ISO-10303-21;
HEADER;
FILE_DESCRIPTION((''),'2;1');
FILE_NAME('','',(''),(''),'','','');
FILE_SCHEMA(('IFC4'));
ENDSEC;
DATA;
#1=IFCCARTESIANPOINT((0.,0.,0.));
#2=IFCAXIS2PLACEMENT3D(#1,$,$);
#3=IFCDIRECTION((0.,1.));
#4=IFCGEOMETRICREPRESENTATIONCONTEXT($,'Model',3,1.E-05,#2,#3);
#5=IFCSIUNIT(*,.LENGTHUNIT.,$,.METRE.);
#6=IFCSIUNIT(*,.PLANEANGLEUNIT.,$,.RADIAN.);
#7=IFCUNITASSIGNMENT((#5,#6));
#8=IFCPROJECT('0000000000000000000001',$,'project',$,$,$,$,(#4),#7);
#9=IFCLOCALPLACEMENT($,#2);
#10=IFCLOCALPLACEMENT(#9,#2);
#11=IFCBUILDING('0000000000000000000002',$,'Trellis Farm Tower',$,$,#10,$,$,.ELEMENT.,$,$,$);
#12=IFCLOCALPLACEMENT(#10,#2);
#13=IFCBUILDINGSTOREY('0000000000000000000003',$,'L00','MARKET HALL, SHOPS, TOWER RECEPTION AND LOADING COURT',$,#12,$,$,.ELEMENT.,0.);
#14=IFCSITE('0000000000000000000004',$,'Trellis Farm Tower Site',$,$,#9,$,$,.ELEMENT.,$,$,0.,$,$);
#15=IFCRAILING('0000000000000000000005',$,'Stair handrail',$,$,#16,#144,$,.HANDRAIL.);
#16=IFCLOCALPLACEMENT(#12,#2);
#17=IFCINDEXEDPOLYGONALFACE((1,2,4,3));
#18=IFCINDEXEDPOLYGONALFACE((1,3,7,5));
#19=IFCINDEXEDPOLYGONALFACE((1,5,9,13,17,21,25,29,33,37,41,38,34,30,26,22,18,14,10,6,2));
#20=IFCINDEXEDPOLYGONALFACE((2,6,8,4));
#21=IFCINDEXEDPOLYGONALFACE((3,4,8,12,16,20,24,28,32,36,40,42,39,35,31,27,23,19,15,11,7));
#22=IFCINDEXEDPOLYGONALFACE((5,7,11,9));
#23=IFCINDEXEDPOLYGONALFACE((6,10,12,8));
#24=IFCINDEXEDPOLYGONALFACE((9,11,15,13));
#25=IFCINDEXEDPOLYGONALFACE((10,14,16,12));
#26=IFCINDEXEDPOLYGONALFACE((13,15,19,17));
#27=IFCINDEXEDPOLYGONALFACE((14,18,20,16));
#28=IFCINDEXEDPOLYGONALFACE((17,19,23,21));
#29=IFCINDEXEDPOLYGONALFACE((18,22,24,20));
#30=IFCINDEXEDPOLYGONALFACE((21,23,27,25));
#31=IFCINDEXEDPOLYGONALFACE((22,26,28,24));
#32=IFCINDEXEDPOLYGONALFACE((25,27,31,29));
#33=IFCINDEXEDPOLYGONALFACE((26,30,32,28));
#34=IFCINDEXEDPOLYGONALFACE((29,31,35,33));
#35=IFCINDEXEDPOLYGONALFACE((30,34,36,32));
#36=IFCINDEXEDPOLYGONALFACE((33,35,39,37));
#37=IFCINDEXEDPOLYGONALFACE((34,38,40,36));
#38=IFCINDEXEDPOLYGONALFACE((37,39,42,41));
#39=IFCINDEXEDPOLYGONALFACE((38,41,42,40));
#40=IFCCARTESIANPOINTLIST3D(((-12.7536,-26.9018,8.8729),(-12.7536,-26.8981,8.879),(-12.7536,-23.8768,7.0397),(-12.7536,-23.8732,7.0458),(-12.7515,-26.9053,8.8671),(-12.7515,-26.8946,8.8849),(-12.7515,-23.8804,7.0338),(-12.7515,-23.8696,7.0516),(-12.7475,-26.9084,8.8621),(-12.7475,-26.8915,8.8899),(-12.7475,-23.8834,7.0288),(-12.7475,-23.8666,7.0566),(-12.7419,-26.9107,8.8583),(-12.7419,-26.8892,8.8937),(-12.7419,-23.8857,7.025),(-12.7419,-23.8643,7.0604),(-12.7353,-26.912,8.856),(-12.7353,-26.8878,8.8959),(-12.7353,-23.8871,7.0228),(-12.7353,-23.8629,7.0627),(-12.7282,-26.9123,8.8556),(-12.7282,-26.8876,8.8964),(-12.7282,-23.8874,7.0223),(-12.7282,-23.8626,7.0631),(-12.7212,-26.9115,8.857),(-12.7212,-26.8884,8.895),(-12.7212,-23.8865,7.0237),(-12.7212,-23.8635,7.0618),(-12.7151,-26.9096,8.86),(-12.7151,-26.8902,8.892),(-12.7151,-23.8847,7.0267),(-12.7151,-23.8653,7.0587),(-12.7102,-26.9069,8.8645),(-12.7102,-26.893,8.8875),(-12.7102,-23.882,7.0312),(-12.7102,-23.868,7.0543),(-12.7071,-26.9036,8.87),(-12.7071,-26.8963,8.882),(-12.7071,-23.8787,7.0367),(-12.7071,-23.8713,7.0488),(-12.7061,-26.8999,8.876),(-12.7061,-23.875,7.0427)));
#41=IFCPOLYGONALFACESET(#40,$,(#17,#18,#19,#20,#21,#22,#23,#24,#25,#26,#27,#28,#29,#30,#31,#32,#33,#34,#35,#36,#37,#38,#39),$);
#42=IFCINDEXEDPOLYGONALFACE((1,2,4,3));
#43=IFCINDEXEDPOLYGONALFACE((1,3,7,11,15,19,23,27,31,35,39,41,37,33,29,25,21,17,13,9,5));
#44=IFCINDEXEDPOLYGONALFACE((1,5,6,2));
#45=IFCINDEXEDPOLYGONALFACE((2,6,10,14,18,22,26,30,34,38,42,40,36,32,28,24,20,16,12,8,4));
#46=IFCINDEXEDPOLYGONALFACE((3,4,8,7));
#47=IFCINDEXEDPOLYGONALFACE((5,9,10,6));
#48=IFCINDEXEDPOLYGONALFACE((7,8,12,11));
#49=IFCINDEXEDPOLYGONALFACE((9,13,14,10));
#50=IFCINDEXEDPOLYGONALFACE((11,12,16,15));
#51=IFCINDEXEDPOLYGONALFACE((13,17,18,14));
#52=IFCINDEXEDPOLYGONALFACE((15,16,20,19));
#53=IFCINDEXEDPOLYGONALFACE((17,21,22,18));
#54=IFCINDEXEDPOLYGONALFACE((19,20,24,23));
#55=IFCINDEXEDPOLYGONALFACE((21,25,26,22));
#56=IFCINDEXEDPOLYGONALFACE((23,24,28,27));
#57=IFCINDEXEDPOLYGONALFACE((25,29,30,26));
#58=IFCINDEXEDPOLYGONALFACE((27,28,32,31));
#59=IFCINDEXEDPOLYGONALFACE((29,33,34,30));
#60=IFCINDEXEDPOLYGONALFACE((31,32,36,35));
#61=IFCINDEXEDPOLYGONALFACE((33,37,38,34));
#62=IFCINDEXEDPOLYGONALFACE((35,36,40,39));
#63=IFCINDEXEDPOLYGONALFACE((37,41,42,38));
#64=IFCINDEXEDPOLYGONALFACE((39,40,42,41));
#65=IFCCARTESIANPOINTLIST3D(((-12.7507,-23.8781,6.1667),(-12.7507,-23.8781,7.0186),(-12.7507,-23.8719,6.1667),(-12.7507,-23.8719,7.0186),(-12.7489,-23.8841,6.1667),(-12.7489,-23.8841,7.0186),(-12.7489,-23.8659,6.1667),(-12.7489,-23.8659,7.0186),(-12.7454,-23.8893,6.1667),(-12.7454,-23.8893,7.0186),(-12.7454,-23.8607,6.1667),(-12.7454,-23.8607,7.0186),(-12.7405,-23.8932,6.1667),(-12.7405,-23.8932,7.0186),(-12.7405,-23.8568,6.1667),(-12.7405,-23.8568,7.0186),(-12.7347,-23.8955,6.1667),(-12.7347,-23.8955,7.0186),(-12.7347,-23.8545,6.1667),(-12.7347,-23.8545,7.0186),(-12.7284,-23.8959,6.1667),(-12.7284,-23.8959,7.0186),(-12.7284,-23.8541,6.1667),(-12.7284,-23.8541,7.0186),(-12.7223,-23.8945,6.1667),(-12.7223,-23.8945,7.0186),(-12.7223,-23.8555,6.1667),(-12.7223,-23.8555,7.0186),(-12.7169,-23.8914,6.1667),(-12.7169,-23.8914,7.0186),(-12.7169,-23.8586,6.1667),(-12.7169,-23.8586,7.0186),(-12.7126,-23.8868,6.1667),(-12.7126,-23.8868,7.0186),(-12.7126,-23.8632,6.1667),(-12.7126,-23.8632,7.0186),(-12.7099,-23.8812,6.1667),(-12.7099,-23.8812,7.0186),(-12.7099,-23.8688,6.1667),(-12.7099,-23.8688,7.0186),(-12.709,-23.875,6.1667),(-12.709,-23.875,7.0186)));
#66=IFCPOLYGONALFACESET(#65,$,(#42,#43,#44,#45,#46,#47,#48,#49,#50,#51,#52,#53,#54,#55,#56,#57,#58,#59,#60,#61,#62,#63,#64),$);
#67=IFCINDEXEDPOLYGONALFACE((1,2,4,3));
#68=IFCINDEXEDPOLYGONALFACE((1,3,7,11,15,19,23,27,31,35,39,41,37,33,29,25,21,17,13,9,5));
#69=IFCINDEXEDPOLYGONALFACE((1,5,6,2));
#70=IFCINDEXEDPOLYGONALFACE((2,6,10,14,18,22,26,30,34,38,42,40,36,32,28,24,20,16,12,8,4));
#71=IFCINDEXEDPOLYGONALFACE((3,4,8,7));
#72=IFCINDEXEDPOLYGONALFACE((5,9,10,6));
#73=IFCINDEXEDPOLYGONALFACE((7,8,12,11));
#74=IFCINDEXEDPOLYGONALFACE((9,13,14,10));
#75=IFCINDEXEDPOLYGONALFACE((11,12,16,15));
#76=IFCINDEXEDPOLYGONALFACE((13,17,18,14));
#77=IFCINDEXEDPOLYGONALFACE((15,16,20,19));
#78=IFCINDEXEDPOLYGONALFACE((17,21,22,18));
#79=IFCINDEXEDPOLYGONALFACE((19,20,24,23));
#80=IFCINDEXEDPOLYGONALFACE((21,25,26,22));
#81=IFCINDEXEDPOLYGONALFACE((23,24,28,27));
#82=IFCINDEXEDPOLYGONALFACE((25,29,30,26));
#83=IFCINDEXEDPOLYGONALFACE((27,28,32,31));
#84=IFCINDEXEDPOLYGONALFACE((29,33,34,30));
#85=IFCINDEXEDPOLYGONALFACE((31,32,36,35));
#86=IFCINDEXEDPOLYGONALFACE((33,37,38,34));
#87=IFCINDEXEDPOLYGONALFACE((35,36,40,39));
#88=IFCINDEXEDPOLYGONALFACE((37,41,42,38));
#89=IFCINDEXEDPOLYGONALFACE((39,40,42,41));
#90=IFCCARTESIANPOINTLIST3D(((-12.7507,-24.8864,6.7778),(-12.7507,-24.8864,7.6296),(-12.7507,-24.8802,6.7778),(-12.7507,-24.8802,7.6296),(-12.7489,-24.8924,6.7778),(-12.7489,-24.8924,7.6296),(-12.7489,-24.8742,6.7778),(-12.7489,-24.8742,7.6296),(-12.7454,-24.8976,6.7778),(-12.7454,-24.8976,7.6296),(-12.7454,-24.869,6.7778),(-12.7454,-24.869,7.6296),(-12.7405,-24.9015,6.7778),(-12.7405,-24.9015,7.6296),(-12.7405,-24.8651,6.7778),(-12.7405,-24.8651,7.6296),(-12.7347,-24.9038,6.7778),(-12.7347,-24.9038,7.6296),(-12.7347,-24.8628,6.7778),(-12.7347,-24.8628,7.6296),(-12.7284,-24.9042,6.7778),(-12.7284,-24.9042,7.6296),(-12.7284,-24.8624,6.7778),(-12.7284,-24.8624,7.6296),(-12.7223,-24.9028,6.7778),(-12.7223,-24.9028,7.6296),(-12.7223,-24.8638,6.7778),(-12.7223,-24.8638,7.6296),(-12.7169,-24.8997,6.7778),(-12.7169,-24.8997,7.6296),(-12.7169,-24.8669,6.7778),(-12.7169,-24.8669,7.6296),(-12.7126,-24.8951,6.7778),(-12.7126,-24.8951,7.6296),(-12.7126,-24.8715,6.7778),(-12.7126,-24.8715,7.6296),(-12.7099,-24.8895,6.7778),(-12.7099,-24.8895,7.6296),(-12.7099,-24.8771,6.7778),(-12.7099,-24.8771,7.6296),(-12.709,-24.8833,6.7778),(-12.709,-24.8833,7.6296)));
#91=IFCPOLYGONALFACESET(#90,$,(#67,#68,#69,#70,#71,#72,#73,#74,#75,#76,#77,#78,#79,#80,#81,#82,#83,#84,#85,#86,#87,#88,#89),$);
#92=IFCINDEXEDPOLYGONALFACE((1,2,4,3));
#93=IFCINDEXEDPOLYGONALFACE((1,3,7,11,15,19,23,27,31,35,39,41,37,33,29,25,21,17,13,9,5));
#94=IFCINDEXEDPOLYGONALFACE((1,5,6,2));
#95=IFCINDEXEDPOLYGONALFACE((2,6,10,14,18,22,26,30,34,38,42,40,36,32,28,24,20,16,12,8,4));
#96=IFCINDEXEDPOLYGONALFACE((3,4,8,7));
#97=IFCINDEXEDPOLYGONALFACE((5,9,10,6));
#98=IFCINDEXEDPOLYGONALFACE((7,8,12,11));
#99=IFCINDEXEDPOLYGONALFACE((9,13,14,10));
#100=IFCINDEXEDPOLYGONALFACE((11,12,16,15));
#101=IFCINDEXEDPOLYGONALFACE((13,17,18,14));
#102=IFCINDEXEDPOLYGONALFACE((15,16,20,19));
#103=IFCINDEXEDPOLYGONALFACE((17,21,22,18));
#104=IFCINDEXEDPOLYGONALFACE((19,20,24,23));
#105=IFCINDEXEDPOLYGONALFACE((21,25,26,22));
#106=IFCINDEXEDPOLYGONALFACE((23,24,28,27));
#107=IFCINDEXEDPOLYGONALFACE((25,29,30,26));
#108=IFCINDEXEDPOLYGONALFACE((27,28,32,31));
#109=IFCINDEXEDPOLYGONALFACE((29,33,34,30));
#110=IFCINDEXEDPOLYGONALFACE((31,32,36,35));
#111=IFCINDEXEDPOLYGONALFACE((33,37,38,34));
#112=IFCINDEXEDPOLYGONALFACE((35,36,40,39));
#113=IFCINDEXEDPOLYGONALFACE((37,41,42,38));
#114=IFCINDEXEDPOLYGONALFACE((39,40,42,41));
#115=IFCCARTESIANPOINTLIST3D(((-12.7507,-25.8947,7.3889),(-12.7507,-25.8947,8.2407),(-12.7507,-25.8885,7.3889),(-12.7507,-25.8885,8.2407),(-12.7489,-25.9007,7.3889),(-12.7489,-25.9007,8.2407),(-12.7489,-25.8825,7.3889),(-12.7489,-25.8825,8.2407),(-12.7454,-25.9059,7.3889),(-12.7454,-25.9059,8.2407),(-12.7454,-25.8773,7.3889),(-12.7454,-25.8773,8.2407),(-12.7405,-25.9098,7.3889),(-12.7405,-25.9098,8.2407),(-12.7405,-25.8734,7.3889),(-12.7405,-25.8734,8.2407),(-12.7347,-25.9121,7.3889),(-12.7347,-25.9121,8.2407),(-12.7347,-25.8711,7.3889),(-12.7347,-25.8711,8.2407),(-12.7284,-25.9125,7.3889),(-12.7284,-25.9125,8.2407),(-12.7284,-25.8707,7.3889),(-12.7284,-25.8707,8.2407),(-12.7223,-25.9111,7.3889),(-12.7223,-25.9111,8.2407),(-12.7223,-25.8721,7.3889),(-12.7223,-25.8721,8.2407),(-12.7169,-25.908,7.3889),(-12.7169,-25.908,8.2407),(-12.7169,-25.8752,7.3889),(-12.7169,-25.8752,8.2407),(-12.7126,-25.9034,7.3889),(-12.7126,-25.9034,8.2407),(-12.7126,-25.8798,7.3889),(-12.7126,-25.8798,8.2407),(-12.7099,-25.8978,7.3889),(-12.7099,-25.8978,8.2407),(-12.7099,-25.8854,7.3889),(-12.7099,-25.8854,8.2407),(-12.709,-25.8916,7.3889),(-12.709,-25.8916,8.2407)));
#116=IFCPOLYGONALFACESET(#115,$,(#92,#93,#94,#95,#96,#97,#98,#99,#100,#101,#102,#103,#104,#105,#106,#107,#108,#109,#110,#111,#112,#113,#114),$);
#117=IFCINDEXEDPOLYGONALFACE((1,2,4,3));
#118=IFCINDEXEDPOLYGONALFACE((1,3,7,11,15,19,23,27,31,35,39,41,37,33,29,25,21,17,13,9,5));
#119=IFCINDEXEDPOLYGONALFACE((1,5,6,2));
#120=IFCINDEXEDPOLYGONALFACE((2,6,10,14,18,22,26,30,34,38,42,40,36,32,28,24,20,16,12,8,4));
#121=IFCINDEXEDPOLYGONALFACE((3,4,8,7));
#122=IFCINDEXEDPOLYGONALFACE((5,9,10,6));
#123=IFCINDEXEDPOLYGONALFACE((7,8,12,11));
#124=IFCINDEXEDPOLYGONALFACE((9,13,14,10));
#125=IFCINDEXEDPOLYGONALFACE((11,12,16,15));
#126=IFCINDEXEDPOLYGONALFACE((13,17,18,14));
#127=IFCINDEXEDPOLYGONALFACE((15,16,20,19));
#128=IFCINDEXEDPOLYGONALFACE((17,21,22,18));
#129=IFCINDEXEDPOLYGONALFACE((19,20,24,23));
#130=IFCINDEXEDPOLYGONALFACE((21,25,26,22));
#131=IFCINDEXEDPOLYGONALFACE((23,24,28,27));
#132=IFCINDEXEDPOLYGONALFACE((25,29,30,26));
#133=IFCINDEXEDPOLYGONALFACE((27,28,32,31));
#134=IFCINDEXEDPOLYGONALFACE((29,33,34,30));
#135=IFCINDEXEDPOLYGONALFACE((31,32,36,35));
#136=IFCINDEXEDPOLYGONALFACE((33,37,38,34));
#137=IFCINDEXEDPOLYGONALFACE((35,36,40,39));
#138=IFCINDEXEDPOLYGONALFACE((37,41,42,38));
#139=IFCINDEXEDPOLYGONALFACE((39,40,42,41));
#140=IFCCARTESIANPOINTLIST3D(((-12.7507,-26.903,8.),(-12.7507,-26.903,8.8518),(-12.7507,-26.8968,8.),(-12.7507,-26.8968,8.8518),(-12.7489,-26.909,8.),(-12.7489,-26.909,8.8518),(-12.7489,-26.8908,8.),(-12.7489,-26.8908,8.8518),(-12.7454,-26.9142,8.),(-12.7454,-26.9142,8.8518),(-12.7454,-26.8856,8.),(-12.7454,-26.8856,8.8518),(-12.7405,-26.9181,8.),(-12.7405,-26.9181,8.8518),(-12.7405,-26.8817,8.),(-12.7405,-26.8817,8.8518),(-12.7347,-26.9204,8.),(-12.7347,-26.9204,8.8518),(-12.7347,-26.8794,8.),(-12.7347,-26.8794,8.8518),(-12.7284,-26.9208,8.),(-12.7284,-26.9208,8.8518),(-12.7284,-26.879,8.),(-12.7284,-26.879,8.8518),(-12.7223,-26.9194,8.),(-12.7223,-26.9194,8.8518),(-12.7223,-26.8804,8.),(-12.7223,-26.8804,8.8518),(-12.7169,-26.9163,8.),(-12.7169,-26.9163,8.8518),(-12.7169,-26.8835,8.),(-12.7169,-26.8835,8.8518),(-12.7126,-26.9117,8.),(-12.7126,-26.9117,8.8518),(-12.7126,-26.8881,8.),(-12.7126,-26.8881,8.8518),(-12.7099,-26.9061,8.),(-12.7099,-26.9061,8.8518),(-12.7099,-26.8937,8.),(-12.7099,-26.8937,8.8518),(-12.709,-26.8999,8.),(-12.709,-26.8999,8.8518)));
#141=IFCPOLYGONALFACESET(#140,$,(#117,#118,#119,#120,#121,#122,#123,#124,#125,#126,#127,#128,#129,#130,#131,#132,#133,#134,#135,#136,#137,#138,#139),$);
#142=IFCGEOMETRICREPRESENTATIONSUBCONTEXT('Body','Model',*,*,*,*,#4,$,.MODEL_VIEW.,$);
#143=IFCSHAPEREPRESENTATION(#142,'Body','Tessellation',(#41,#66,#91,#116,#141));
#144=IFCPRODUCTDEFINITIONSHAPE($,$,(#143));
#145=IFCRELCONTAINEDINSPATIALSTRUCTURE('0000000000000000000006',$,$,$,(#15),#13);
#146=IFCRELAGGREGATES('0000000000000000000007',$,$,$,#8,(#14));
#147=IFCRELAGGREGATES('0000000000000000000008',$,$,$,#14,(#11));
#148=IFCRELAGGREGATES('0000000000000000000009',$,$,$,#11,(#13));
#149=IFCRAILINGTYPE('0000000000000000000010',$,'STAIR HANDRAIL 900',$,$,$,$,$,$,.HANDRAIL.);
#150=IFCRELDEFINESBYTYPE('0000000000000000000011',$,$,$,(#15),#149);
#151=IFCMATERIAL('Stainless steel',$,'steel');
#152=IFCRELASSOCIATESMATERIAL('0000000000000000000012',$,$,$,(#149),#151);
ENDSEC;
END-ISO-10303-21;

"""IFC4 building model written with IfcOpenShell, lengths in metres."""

from ifc_helpers import new_model, si_unit, direction, frame, origin, origin_2d, place, context, subcontext, project, spatial, circle, extrude, source, transform, mapped, material, type_object, element, save


model = new_model("IFC4")

# Units and contexts
model_context = context("Model", 3, precision=1e-05, world=origin(), true_north=direction((0.0, 1.0)))
body_context = subcontext(model_context, "Body", "Model", "MODEL_VIEW")
ifc_project = project(units=[si_unit("LENGTHUNIT", "METRE"), si_unit("PLANEANGLEUNIT", "RADIAN")], contexts=[model_context])

# Site, building, storey
site_placement = place(None, origin())
site = spatial("IfcSite", under=ifc_project, at=site_placement, Name="Trellis Farm Tower Site", CompositionType="ELEMENT", RefElevation=0.0)
building_placement = place(site_placement, origin())
building = spatial("IfcBuilding", under=site, at=building_placement, Name="Trellis Farm Tower", CompositionType="ELEMENT")
storey_placement = place(building_placement, origin())
storey = spatial("IfcBuildingStorey", under=building, at=storey_placement, Name="L00", Description="MARKET HALL, SHOPS, TOWER RECEPTION AND LOADING COURT", CompositionType="ELEMENT", Elevation=0.0)

# Railing
ifc_material_1 = material(Name="Stainless steel", Category="steel")
railing_type = type_object("IfcRailingType", Name="STAIR HANDRAIL 900", PredefinedType="HANDRAIL", material=ifc_material_1)
shared_shape_1 = source(origin(), body_context, "Body", "SweptSolid", [
    extrude(circle(Radius=0.0239, at=origin_2d()), frame((0.0, 0.0, 0.876), z_axis=(0.0, -0.855201, 0.518297), x_axis=(1.0, 0.0, 0.0)), (0.0, 0.0, 1.0), 3.5371),
    extrude(circle(Radius=0.021, at=origin_2d()), origin(), (0.0, 0.0, 1.0), 0.8518),
    extrude(circle(Radius=0.021, at=origin_2d()), frame((0.0, -1.0083, 0.6111)), (0.0, 0.0, 1.0), 0.8518),
    extrude(circle(Radius=0.021, at=origin_2d()), frame((0.0, -2.0166, 1.2222)), (0.0, 0.0, 1.0), 0.8518),
    extrude(circle(Radius=0.021, at=origin_2d()), frame((0.0, -3.0249, 1.8333)), (0.0, 0.0, 1.0), 0.8518),
])
for number, where, name in (
    (1, (-12.73, -23.875, 6.1667), "Stair handrail"),
):
    element("IfcRailing", number, at=place(storey_placement, frame(where)), inside=storey, type_object=railing_type, Name=name, PredefinedType="HANDRAIL", context=body_context, shape_type="MappedRepresentation", body=[
        mapped(shared_shape_1, transform((0.0, 0.0, 0.0))),
    ])

save(model, "model.ifc")
